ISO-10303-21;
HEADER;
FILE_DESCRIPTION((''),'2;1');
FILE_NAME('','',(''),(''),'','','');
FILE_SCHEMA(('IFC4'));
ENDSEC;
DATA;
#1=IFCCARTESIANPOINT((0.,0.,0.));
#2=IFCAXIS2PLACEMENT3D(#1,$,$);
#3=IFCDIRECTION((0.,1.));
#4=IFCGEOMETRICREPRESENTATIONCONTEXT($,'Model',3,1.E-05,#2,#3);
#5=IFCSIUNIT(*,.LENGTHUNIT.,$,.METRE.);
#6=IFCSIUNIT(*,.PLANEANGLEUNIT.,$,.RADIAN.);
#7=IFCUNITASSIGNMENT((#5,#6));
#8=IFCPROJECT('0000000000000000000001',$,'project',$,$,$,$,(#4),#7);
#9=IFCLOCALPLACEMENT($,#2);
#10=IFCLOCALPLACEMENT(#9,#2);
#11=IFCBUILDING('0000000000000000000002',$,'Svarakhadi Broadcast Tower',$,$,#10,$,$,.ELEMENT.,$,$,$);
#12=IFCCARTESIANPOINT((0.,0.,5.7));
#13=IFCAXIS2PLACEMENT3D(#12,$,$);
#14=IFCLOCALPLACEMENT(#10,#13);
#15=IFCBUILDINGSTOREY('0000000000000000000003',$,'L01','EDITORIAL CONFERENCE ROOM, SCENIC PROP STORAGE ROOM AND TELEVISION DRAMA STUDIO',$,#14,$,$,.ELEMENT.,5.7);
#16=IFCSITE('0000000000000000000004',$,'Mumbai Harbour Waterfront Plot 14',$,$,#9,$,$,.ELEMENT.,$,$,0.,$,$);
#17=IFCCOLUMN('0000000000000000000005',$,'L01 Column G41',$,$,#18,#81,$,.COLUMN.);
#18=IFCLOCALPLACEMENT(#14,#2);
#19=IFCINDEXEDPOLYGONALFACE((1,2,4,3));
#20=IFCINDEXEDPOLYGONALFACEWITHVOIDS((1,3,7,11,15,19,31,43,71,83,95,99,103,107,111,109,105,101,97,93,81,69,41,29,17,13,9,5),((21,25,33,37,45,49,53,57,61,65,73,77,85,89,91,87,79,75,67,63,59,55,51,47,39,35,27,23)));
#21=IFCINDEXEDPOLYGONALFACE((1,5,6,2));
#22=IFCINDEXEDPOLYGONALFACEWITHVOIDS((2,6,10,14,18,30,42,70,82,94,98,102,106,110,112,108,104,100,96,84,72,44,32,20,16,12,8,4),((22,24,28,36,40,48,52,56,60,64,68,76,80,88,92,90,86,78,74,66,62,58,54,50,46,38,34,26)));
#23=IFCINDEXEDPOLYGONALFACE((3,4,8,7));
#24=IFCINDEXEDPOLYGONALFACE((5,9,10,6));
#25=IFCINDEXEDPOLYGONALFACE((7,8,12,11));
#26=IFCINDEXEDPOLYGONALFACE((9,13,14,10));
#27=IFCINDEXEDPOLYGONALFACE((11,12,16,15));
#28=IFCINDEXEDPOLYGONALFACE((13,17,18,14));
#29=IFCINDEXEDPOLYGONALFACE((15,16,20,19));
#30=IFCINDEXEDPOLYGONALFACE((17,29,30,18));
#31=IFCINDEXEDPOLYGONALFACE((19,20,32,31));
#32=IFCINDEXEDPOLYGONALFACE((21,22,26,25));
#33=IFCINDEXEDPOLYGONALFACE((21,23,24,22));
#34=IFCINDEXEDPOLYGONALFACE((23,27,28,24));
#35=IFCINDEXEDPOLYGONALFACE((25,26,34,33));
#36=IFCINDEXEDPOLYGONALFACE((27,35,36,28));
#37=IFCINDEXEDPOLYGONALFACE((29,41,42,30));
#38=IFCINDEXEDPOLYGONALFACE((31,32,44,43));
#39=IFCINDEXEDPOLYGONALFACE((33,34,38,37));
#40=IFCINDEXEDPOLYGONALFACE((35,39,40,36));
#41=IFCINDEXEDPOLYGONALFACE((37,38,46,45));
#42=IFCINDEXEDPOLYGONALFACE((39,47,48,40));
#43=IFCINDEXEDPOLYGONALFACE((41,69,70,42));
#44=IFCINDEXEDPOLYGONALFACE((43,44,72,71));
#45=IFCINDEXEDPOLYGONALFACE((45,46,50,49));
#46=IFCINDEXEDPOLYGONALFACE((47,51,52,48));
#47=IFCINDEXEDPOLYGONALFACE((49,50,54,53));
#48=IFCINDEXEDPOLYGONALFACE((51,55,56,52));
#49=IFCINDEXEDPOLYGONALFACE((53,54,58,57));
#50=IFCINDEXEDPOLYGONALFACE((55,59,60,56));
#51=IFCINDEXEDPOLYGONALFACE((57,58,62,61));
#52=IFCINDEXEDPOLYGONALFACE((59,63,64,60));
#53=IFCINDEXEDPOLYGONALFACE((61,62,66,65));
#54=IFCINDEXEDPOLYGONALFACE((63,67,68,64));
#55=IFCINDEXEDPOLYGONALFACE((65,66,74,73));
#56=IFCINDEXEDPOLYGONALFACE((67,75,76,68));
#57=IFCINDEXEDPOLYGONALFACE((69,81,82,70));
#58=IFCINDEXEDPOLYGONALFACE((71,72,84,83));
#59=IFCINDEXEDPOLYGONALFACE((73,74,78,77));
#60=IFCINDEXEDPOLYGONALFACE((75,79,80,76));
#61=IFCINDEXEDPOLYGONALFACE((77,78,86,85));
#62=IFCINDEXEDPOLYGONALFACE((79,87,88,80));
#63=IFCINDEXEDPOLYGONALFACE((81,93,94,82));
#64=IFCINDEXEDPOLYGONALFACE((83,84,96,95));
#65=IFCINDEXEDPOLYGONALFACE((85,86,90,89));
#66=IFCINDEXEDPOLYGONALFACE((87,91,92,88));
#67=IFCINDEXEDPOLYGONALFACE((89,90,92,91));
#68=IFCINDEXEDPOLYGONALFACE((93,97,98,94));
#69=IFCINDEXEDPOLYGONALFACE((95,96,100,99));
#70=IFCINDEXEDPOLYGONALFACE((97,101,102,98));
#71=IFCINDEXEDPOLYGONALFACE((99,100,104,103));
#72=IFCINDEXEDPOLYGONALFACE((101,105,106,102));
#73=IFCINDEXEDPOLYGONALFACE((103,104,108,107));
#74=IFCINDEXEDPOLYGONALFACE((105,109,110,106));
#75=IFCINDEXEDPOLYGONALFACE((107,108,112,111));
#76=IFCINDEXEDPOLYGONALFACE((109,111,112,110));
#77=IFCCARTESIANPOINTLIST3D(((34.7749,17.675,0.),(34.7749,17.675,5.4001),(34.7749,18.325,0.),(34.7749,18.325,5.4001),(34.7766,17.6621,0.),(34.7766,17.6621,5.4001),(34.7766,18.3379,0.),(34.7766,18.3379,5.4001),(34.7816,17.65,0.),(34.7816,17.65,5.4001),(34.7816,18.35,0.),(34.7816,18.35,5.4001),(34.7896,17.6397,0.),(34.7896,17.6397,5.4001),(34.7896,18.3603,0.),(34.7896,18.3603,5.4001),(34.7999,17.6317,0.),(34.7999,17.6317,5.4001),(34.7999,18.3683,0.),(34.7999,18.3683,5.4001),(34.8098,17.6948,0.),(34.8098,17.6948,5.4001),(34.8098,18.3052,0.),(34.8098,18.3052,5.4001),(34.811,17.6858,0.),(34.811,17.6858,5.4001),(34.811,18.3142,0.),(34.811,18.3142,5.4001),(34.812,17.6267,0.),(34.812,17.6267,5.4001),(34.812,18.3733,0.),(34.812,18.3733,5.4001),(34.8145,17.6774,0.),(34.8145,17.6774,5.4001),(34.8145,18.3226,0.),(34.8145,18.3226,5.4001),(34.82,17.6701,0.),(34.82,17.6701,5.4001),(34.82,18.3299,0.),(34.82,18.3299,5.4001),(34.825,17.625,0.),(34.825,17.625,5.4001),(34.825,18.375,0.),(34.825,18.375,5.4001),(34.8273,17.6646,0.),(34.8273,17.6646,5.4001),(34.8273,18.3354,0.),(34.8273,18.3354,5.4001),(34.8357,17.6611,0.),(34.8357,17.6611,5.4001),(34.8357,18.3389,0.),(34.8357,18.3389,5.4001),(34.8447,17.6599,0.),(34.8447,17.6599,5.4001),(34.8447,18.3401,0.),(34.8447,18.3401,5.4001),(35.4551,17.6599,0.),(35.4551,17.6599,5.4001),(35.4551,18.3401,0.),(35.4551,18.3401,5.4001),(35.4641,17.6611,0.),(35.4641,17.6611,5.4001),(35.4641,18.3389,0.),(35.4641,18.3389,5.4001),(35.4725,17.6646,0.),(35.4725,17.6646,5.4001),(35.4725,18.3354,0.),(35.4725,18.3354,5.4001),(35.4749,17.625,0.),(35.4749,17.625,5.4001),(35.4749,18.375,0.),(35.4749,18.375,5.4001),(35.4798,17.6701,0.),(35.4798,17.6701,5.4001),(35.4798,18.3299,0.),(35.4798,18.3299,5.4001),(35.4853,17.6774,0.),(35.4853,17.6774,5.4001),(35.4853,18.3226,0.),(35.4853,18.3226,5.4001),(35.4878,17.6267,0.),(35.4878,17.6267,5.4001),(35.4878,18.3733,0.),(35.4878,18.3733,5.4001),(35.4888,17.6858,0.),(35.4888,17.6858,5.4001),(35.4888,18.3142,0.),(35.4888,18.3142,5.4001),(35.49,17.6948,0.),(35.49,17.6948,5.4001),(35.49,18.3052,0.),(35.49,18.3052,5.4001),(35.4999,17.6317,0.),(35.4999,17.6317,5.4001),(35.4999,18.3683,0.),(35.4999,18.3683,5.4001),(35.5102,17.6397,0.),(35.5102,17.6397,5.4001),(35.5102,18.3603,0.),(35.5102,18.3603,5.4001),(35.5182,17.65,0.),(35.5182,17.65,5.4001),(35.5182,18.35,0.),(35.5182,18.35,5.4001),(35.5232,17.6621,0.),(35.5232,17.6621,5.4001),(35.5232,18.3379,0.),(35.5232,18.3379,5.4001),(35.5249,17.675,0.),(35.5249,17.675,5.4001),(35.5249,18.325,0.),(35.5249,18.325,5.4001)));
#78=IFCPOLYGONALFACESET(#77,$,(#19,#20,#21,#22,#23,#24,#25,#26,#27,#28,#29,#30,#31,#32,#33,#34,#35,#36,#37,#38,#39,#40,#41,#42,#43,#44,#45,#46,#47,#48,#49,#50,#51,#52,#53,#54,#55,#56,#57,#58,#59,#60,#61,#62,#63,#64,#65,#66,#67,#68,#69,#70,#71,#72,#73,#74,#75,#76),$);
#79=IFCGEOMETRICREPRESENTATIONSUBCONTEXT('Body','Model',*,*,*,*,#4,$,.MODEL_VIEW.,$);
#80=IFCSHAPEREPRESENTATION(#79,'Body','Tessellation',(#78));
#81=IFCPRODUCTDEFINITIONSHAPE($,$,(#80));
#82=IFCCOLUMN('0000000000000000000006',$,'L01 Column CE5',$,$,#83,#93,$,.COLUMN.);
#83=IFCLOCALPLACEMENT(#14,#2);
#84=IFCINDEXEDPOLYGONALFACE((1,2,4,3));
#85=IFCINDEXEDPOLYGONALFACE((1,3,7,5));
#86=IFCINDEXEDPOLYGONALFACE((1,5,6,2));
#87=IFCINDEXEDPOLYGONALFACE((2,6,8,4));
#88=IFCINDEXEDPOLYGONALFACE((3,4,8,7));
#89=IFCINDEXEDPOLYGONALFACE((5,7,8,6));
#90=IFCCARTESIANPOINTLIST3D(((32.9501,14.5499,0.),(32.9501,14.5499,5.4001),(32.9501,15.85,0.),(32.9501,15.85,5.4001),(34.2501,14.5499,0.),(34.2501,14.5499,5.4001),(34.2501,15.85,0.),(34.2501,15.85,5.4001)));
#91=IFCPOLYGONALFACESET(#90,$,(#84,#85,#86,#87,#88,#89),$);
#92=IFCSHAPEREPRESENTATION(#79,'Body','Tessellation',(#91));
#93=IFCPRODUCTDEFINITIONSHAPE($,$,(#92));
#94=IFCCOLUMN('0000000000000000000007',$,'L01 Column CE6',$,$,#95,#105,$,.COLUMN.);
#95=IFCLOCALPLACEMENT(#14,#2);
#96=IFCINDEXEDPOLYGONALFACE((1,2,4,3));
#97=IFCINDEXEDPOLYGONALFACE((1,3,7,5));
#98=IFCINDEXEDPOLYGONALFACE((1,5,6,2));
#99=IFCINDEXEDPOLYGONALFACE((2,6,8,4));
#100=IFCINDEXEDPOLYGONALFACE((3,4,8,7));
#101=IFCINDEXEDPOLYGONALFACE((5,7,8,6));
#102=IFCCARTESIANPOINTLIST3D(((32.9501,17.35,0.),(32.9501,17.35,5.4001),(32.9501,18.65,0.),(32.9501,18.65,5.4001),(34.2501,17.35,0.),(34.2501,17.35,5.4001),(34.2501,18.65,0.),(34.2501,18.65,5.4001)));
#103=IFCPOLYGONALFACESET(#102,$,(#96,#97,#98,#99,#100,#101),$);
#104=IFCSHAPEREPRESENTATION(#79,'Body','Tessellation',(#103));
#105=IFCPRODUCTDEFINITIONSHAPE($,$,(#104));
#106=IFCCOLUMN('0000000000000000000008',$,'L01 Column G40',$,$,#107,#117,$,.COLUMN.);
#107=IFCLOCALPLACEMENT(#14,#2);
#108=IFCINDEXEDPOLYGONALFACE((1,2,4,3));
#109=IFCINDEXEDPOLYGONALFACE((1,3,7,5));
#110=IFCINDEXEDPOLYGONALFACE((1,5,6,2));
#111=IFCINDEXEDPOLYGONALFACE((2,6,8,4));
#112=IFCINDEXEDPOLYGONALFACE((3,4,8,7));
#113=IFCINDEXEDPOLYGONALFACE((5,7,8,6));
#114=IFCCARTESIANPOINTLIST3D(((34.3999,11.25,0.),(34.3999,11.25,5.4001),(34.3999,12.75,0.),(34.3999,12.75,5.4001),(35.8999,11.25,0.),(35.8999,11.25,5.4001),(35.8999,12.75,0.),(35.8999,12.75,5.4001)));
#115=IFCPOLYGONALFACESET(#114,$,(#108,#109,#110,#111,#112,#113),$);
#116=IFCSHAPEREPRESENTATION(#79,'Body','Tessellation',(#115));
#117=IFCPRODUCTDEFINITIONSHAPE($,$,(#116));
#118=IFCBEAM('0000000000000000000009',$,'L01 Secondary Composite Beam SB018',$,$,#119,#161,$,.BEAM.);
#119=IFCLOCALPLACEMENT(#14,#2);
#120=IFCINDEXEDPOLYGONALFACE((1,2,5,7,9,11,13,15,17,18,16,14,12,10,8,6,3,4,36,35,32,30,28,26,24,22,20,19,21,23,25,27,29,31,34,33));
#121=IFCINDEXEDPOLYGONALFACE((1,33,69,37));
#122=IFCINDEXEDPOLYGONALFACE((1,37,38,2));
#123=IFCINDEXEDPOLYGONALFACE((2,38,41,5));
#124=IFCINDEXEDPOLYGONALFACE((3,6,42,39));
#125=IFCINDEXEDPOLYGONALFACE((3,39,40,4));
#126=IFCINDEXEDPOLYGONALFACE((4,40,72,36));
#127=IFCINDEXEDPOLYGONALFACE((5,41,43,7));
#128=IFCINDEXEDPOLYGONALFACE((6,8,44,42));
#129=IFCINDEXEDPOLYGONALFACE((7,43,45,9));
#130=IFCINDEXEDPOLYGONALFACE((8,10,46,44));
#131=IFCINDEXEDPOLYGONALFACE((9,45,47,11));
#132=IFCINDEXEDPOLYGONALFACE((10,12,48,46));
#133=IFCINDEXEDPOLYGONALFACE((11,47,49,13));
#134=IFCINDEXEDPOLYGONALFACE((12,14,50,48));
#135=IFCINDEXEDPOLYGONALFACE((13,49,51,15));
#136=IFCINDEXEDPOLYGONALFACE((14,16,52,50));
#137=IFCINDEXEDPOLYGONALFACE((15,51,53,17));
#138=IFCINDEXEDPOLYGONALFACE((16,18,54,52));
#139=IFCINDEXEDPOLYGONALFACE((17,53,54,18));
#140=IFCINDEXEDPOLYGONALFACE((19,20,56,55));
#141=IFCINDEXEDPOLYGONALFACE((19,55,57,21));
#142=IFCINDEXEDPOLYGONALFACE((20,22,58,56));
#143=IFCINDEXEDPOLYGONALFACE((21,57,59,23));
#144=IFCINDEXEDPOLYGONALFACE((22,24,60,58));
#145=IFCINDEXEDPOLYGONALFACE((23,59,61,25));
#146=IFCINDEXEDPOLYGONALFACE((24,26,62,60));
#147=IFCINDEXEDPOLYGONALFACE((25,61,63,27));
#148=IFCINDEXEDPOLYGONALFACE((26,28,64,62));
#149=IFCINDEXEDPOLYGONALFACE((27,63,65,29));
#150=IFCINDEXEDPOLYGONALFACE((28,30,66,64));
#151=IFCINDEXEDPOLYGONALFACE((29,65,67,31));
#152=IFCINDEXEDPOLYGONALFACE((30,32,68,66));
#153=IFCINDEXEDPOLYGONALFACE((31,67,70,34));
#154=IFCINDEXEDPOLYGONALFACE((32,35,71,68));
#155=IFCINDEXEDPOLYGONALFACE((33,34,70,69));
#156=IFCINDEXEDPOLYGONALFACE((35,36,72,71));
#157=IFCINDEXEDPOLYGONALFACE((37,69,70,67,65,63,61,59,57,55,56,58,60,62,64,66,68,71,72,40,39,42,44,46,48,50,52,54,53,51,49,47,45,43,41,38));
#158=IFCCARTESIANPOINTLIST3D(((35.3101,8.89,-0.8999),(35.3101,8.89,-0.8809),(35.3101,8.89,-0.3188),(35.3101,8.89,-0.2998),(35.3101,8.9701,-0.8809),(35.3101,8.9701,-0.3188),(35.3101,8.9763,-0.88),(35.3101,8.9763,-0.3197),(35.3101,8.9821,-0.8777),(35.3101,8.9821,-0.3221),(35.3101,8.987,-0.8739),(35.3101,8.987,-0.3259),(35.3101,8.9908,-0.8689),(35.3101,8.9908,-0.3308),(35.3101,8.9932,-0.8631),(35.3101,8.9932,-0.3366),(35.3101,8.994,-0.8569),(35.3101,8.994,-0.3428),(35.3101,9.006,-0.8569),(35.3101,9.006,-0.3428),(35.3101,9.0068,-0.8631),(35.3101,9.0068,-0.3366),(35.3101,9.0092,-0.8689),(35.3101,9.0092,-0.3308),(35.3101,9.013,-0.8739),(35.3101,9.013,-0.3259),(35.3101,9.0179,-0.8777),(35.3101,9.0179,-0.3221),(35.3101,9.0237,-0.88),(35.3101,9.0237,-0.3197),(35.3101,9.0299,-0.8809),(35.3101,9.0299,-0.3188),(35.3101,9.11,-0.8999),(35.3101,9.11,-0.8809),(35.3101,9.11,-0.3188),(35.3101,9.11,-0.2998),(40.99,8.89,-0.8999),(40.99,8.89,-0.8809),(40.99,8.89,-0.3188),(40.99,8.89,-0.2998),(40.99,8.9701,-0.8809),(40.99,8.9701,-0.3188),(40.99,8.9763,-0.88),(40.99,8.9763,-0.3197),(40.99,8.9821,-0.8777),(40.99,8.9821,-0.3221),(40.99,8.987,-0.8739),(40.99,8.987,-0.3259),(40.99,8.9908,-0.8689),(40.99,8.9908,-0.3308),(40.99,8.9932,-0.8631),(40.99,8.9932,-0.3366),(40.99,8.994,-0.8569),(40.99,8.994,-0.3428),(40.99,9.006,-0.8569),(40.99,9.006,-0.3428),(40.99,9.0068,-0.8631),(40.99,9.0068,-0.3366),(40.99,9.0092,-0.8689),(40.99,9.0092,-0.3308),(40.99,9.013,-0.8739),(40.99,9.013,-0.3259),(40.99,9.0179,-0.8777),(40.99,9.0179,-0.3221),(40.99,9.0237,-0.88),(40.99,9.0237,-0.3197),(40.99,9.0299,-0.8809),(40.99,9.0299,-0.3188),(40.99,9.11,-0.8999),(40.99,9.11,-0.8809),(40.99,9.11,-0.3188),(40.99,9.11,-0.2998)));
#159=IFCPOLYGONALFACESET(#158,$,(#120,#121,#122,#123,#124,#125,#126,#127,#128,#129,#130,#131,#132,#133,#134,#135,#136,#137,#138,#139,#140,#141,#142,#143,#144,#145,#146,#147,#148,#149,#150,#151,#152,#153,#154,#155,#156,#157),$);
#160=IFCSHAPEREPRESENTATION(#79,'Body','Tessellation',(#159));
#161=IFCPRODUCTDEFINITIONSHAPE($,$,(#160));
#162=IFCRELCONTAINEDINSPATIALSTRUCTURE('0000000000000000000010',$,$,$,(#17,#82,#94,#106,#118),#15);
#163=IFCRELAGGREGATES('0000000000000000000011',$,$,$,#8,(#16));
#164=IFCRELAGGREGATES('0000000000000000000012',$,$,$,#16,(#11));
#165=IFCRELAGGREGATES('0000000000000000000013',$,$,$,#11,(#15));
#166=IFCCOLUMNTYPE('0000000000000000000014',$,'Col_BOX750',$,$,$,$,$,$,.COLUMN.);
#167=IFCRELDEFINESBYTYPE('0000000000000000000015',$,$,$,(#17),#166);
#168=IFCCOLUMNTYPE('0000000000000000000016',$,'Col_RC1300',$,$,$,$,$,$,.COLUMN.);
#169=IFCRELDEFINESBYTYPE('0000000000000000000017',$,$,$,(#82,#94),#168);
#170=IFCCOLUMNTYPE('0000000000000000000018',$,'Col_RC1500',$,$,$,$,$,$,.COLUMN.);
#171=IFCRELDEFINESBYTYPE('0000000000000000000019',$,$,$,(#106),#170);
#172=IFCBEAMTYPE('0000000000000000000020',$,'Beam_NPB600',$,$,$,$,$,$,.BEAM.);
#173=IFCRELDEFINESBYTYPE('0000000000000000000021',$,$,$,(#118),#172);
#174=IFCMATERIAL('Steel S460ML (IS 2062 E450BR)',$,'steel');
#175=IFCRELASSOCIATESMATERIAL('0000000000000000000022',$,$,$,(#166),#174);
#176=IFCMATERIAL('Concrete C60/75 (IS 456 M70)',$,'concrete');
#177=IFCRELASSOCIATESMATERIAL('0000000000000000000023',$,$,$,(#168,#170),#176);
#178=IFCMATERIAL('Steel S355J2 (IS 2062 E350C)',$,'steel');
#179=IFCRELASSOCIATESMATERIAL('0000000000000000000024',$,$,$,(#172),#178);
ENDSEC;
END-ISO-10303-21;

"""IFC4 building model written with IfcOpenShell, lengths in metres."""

from ifc_helpers import new_model, si_unit, direction, frame, origin, origin_2d, place, context, subcontext, project, spatial, rectangle, hollow_rectangle, i_section, extrude, material, material_profile, profile_set, type_object, element, save


model = new_model("IFC4")

# Units and contexts
model_context = context("Model", 3, precision=1e-05, world=origin(), true_north=direction((0.0, 1.0)))
body_context = subcontext(model_context, "Body", "Model", "MODEL_VIEW")
ifc_project = project(units=[si_unit("LENGTHUNIT", "METRE"), si_unit("PLANEANGLEUNIT", "RADIAN")], contexts=[model_context])

# Site, building, storey
site_placement = place(None, origin())
site = spatial("IfcSite", under=ifc_project, at=site_placement, Name="Mumbai Harbour Waterfront Plot 14", CompositionType="ELEMENT", RefElevation=0.0)
building_placement = place(site_placement, origin())
building = spatial("IfcBuilding", under=site, at=building_placement, Name="Svarakhadi Broadcast Tower", CompositionType="ELEMENT")
storey_placement = place(building_placement, frame((0.0, 0.0, 5.7)))
storey = spatial("IfcBuildingStorey", under=building, at=storey_placement, Name="L01", Description="EDITORIAL CONFERENCE ROOM, SCENIC PROP STORAGE ROOM AND TELEVISION DRAMA STUDIO", CompositionType="ELEMENT", Elevation=5.7)

# Columns
ifc_material_1 = material(Name="Steel S460ML (IS 2062 E450BR)", Category="steel")
ifc_material_profile_1 = material_profile(ifc_material_1, hollow_rectangle(XDim=0.75, YDim=0.75, WallThickness=0.0349, InnerFilletRadius=0.0349, OuterFilletRadius=0.05, at=origin_2d()), Name="BOX 750x750x35")
ifc_profile_set_1 = profile_set([ifc_material_profile_1], Name="Steel S460ML (IS 2062 E450BR)")
column_type_1 = type_object("IfcColumnType", Name="Col_BOX750", PredefinedType="COLUMN", material=ifc_profile_set_1)
column_1_placement = place(storey_placement, frame((35.1499, 18.0, 0.0), z_axis=(0.0, 0.0, 1.0), x_axis=(1.0, 0.0, 0.0)))
element("IfcColumn", 1, at=column_1_placement, inside=storey, type_object=column_type_1, Name="L01 Column G41", PredefinedType="COLUMN", context=body_context, shape_type="SweptSolid", body=[
    extrude(hollow_rectangle(XDim=0.75, YDim=0.75, WallThickness=0.0349, InnerFilletRadius=0.0349, OuterFilletRadius=0.05, at=origin_2d()), origin(), (0.0, 0.0, 1.0), 5.4001),
])
ifc_material_2 = material(Name="Concrete C60/75 (IS 456 M70)", Category="concrete")
ifc_material_profile_2 = material_profile(ifc_material_2, rectangle(XDim=1.3, YDim=1.3, at=origin_2d()), Name="RC 1300x1300")
ifc_profile_set_2 = profile_set([ifc_material_profile_2], Name="Concrete C60/75 (IS 456 M70)")
column_type_2 = type_object("IfcColumnType", Name="Col_RC1300", PredefinedType="COLUMN", material=ifc_profile_set_2)
for number, where, z_axis, x_axis, name in (
    (2, (33.6001, 15.2, 0.0), (0.0, 0.0, 1.0), (1.0, 0.0, 0.0), "L01 Column CE5"),
    (3, (33.6001, 18.0, 0.0), (0.0, 0.0, 1.0), (1.0, 0.0, 0.0), "L01 Column CE6"),
):
    element("IfcColumn", number, at=place(storey_placement, frame(where, z_axis=z_axis, x_axis=x_axis)), inside=storey, type_object=column_type_2, Name=name, PredefinedType="COLUMN", context=body_context, shape_type="SweptSolid", body=[
        extrude(rectangle(XDim=1.3, YDim=1.3, at=origin_2d()), origin(), (0.0, 0.0, 1.0), 5.4001),
    ])
ifc_material_profile_3 = material_profile(ifc_material_2, rectangle(XDim=1.5, YDim=1.5, at=origin_2d()), Name="RC 1500x1500")
ifc_profile_set_3 = profile_set([ifc_material_profile_3], Name="Concrete C60/75 (IS 456 M70)")
column_type_3 = type_object("IfcColumnType", Name="Col_RC1500", PredefinedType="COLUMN", material=ifc_profile_set_3)
column_2_placement = place(storey_placement, frame((35.1499, 12.0, 0.0), z_axis=(0.0, 0.0, 1.0), x_axis=(1.0, 0.0, 0.0)))
element("IfcColumn", 4, at=column_2_placement, inside=storey, type_object=column_type_3, Name="L01 Column G40", PredefinedType="COLUMN", context=body_context, shape_type="SweptSolid", body=[
    extrude(rectangle(XDim=1.5, YDim=1.5, at=origin_2d()), origin(), (0.0, 0.0, 1.0), 5.4001),
])

# Beam
ifc_material_3 = material(Name="Steel S355J2 (IS 2062 E350C)", Category="steel")
ifc_material_profile_4 = material_profile(ifc_material_3, i_section(OverallWidth=0.22, OverallDepth=0.6001, WebThickness=0.012, FlangeThickness=0.019, FilletRadius=0.0239, at=origin_2d()), Name="NPB 600x220x122")
ifc_profile_set_4 = profile_set([ifc_material_profile_4], Name="Steel S355J2 (IS 2062 E350C)")
beam_type_1 = type_object("IfcBeamType", Name="Beam_NPB600", PredefinedType="BEAM", material=ifc_profile_set_4)
for number, where, z_axis, x_axis, name in (
    (5, (35.3101, 9.0, -0.5999), (1.0, 0.0, 0.0), (0.0, 1.0, 0.0), "L01 Secondary Composite Beam SB018"),
):
    element("IfcBeam", number, at=place(storey_placement, frame(where, z_axis=z_axis, x_axis=x_axis)), inside=storey, type_object=beam_type_1, Name=name, PredefinedType="BEAM", context=body_context, shape_type="SweptSolid", body=[
        extrude(i_section(OverallWidth=0.22, OverallDepth=0.6001, WebThickness=0.012, FlangeThickness=0.019, FilletRadius=0.0239, at=origin_2d()), origin(), (0.0, 0.0, 1.0), 5.6799),
    ])

save(model, "model.ifc")
